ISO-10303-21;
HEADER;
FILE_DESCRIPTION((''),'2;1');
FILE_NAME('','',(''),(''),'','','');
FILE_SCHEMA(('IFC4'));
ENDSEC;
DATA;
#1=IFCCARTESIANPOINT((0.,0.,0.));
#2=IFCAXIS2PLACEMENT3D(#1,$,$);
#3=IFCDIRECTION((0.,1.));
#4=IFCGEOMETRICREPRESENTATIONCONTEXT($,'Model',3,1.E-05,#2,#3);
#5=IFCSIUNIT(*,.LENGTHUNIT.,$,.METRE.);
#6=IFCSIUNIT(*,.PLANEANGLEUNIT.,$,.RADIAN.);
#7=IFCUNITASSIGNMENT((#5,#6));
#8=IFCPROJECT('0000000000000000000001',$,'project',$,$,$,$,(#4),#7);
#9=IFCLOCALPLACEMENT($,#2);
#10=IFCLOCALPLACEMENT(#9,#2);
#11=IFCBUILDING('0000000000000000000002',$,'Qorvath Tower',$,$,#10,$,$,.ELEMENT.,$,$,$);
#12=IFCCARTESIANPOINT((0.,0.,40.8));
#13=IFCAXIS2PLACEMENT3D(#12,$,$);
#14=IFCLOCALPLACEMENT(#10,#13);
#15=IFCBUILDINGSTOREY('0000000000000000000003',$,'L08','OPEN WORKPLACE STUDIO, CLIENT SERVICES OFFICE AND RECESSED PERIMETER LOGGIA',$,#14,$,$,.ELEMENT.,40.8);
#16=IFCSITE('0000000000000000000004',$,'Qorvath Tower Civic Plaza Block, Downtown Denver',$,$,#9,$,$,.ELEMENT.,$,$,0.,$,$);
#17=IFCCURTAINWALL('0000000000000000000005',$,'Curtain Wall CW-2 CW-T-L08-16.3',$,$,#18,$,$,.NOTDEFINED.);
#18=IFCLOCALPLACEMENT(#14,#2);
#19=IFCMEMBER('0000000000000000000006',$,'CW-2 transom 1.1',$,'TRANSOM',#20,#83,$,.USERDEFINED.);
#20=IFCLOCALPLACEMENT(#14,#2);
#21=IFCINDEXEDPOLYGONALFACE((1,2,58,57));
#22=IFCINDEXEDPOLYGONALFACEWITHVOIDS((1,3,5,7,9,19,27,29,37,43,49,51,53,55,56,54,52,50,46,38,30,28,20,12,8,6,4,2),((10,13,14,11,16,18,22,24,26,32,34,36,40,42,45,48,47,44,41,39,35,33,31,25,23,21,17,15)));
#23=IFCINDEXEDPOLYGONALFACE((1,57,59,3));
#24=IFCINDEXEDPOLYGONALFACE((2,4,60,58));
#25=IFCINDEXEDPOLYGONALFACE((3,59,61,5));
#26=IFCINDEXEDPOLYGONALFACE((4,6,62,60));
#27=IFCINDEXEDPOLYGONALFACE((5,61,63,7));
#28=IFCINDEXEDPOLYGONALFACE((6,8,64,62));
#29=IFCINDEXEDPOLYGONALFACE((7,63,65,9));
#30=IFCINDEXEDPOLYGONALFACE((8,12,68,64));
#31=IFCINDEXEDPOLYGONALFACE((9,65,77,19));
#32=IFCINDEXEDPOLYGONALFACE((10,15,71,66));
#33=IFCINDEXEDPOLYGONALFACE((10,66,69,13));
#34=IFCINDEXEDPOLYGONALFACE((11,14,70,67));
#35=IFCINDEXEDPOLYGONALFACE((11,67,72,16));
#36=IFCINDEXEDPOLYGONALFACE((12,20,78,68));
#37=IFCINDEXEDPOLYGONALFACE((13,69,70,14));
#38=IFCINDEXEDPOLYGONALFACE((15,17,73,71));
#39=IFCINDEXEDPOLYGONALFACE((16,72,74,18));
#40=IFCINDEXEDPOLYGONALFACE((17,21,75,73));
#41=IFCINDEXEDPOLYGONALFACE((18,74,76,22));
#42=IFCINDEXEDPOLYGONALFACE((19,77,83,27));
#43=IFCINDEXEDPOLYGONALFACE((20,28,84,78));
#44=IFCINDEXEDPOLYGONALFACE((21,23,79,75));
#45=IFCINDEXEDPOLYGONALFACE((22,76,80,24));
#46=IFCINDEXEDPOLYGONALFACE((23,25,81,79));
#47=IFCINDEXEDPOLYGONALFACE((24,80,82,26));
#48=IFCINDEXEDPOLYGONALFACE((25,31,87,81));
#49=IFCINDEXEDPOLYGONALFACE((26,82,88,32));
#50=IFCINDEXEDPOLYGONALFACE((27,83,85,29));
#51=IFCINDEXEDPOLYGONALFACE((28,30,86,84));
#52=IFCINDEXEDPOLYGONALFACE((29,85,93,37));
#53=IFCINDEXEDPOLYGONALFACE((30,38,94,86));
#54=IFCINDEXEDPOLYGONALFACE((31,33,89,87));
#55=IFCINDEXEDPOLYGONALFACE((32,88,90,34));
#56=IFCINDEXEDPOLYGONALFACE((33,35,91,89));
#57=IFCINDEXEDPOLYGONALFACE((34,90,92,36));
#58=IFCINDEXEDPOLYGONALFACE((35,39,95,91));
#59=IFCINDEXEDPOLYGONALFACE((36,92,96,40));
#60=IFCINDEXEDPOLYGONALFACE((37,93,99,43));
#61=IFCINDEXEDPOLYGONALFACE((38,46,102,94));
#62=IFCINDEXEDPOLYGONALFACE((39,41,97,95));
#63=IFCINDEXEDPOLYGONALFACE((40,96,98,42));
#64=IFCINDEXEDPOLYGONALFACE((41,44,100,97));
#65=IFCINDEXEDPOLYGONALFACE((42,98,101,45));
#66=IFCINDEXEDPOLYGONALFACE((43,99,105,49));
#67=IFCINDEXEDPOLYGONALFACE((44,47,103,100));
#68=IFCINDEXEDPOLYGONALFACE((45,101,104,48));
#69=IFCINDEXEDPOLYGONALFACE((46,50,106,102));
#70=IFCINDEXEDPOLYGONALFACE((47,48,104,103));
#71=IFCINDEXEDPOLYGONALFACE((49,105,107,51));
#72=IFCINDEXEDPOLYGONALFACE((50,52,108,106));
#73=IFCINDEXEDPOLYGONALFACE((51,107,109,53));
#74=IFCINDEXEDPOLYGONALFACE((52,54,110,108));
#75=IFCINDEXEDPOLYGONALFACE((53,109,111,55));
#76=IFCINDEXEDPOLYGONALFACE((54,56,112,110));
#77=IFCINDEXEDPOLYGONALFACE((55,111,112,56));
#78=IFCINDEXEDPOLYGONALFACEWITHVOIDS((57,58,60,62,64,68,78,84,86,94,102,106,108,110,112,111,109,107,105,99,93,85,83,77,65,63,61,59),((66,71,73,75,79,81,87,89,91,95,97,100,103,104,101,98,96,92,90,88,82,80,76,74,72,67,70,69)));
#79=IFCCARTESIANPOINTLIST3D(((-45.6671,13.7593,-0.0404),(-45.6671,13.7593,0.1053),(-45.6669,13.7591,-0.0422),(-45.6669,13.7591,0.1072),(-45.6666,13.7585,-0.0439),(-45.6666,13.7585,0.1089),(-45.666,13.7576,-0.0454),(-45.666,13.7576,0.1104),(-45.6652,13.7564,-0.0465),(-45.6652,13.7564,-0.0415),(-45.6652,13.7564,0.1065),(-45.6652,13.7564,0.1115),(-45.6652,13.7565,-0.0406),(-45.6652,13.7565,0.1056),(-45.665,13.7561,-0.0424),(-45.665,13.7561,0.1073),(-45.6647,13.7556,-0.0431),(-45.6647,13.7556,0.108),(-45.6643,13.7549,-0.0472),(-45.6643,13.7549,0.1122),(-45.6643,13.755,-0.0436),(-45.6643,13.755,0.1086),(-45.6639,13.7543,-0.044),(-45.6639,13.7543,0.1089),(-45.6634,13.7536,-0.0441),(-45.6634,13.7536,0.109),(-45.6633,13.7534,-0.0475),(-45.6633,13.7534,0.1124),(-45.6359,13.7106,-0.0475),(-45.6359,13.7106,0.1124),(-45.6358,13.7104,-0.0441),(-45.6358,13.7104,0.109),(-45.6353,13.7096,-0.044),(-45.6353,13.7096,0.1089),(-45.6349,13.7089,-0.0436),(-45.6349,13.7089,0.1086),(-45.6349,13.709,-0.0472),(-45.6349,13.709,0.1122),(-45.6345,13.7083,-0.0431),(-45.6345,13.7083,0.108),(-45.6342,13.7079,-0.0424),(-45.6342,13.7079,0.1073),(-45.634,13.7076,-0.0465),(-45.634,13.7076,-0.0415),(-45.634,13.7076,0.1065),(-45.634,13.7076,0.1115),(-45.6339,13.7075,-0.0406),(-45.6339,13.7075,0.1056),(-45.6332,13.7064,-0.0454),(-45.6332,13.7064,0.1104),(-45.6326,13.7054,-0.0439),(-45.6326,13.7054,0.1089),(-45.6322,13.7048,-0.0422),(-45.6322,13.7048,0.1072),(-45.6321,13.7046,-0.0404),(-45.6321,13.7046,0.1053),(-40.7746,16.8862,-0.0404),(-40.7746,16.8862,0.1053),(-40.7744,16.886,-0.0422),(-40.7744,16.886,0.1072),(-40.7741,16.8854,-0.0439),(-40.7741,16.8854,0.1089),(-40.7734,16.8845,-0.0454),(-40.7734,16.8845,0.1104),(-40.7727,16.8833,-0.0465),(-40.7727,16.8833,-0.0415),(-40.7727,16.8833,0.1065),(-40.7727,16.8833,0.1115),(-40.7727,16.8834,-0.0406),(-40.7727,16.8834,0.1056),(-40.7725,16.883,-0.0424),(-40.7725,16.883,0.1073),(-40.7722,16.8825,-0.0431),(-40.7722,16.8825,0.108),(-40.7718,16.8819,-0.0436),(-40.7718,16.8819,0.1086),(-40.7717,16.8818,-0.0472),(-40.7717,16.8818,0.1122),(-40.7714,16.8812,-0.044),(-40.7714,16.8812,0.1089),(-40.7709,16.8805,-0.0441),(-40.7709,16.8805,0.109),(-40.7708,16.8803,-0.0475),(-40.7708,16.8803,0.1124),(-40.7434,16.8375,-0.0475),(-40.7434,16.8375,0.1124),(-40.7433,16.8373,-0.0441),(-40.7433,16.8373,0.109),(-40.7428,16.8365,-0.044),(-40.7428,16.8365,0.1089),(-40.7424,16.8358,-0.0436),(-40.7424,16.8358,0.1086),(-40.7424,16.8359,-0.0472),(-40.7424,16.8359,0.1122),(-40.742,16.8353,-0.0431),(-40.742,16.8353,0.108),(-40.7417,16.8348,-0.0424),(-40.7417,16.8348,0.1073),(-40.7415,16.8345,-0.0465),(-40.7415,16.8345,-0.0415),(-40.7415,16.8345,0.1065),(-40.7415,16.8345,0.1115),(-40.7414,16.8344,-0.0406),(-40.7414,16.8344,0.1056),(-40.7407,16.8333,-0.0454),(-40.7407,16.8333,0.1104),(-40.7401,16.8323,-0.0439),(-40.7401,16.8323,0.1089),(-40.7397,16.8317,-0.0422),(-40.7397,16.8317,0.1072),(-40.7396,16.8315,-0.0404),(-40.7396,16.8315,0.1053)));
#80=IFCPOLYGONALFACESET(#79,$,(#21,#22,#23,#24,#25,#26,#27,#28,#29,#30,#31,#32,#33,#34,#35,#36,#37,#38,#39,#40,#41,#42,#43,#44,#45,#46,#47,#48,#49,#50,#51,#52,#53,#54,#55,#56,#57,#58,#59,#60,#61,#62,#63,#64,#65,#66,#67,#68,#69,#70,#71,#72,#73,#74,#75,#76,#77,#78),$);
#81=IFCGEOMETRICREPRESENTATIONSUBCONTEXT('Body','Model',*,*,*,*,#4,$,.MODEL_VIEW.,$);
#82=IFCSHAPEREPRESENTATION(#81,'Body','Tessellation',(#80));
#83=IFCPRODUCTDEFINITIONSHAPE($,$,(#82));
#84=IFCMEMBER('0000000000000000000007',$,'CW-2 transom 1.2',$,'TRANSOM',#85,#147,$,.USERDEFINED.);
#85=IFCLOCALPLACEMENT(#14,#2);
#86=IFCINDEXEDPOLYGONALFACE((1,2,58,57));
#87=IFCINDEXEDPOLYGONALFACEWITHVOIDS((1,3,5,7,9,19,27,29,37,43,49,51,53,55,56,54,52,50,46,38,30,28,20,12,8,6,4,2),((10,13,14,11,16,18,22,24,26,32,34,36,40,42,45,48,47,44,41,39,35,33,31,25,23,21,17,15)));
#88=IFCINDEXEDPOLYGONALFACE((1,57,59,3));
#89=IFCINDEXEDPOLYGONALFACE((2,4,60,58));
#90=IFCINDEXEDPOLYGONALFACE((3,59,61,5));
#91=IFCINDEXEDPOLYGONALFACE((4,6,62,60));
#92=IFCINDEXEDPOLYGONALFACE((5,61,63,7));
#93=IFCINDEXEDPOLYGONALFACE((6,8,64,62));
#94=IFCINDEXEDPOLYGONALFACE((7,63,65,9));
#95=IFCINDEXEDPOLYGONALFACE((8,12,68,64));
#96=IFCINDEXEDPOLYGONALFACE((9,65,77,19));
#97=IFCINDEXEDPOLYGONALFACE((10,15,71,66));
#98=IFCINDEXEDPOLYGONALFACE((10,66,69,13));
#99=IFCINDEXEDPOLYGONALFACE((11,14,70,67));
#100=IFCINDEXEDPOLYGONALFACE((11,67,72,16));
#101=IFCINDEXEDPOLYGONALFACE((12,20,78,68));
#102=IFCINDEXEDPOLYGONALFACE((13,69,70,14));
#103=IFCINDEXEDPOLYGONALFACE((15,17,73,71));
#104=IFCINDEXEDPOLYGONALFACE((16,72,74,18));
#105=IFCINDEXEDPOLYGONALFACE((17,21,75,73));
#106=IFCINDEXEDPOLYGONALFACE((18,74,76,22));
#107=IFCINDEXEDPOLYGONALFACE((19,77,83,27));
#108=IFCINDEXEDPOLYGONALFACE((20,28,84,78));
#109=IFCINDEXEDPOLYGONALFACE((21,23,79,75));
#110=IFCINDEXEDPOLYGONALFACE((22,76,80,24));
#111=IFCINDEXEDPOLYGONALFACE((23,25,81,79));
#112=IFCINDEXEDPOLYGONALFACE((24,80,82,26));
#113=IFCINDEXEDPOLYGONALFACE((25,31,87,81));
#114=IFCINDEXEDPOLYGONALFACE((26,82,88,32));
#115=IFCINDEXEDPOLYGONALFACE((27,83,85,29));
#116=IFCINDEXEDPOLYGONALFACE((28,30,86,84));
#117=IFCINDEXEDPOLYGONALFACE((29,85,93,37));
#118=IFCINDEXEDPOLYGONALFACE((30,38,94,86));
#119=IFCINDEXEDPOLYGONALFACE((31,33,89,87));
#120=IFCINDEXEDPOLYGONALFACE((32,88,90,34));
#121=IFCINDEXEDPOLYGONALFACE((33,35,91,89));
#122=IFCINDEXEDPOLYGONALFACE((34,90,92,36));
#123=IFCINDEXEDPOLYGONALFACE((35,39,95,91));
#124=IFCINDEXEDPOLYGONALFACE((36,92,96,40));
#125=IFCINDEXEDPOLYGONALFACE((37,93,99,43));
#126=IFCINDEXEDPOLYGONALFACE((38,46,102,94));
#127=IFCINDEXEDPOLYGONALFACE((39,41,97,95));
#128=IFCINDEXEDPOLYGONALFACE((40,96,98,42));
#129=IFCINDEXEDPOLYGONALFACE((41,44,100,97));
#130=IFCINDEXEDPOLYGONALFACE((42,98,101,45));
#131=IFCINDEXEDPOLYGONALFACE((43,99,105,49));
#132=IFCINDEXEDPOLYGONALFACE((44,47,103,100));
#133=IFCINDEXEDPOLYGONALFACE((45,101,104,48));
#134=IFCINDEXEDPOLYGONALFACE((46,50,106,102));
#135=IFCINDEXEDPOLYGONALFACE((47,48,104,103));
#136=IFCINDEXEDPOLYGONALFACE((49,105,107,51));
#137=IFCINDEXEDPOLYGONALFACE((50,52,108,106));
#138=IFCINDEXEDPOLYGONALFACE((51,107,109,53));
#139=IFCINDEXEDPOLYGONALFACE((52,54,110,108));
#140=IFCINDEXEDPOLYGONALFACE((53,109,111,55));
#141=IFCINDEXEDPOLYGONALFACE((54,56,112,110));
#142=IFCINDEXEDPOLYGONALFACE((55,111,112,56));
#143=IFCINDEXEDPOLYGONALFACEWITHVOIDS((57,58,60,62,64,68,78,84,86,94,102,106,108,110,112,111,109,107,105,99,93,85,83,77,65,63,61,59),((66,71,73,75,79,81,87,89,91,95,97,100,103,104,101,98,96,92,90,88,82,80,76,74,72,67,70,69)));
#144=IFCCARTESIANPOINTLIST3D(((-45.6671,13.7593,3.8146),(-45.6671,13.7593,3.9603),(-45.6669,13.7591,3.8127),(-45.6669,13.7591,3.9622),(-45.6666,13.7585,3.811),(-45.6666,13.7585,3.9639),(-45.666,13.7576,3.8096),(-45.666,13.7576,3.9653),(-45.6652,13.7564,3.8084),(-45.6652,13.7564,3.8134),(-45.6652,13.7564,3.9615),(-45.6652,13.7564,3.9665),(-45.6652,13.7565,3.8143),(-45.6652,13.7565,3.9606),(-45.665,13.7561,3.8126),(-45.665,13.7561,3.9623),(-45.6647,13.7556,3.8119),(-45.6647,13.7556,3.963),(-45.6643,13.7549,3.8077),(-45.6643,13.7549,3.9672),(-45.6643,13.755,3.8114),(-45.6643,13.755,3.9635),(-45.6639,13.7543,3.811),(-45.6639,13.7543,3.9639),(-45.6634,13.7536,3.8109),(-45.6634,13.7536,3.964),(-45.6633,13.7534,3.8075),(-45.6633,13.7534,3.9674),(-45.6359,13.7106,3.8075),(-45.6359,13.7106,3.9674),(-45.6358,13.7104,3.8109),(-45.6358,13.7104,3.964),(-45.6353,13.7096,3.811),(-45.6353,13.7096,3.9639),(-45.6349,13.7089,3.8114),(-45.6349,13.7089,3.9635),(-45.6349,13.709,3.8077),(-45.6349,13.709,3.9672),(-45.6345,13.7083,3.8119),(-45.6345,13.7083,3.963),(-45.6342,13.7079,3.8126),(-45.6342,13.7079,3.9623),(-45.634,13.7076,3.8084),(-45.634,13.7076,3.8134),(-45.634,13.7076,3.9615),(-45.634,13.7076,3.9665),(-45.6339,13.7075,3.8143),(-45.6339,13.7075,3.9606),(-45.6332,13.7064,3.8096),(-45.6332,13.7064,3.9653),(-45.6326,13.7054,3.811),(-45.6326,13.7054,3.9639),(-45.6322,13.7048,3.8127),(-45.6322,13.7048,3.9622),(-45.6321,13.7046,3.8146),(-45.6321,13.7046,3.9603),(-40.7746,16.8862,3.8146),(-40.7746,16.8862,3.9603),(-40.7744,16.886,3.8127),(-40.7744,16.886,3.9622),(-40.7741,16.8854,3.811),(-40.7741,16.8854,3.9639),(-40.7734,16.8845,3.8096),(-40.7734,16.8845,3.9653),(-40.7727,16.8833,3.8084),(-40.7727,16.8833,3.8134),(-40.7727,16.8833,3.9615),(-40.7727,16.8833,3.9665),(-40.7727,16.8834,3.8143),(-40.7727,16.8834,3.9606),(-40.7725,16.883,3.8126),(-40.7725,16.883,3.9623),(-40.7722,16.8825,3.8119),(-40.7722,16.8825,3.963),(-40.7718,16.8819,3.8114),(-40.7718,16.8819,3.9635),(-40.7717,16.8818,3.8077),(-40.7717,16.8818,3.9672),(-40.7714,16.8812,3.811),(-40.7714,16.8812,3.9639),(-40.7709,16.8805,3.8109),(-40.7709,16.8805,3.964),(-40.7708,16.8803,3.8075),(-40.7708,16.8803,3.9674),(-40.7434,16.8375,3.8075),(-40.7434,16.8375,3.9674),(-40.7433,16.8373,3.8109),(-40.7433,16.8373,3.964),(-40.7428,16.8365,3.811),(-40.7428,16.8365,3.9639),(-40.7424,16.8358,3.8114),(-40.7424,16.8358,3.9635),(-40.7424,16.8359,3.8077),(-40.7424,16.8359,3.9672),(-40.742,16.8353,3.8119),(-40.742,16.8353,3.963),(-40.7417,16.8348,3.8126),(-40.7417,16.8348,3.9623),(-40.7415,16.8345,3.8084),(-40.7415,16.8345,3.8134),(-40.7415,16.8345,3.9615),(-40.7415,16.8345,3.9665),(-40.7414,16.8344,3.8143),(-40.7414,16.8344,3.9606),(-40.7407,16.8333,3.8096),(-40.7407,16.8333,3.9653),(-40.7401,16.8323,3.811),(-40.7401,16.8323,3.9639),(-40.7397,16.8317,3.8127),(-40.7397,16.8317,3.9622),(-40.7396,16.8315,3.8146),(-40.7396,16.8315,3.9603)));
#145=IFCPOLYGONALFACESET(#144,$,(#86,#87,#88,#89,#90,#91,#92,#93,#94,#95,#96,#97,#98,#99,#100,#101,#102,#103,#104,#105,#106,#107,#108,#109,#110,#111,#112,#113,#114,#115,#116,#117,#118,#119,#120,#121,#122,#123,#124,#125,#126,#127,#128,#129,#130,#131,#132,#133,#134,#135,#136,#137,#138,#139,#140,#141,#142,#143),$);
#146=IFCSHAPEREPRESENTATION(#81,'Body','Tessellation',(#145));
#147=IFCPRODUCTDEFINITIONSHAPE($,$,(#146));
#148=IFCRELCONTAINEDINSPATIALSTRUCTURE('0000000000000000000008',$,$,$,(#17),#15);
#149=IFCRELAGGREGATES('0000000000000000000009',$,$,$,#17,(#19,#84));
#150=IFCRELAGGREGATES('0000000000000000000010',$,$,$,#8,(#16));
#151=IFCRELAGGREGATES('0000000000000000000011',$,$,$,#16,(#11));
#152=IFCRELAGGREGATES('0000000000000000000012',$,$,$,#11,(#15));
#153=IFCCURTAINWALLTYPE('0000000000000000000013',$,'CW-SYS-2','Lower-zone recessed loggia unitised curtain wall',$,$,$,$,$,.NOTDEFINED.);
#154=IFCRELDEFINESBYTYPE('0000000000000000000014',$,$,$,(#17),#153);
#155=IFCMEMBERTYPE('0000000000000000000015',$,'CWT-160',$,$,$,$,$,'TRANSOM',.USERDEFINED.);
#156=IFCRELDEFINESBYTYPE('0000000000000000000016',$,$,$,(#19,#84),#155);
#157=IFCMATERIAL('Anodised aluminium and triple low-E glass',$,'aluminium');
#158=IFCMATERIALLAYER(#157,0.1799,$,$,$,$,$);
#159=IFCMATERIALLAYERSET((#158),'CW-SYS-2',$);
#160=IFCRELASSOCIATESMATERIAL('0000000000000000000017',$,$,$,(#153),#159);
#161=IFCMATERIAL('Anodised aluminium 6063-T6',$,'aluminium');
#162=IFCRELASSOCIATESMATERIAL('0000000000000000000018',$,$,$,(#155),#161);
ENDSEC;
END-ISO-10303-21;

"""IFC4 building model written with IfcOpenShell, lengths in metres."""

from ifc_helpers import new_model, si_unit, direction, frame, origin, origin_2d, place, context, subcontext, project, spatial, hollow_rectangle, extrude, material, layer, layer_set, material_profile, profile_set, type_object, element, aggregate, save


model = new_model("IFC4")

# Units and contexts
model_context = context("Model", 3, precision=1e-05, world=origin(), true_north=direction((0.0, 1.0)))
body_context = subcontext(model_context, "Body", "Model", "MODEL_VIEW")
ifc_project = project(units=[si_unit("LENGTHUNIT", "METRE"), si_unit("PLANEANGLEUNIT", "RADIAN")], contexts=[model_context])

# Site, building, storey
site_placement = place(None, origin())
site = spatial("IfcSite", under=ifc_project, at=site_placement, Name="Qorvath Tower Civic Plaza Block, Downtown Denver", CompositionType="ELEMENT", RefElevation=0.0)
building_placement = place(site_placement, origin())
building = spatial("IfcBuilding", under=site, at=building_placement, Name="Qorvath Tower", CompositionType="ELEMENT")
storey_placement = place(building_placement, frame((0.0, 0.0, 40.8)))
storey = spatial("IfcBuildingStorey", under=building, at=storey_placement, Name="L08", Description="OPEN WORKPLACE STUDIO, CLIENT SERVICES OFFICE AND RECESSED PERIMETER LOGGIA", CompositionType="ELEMENT", Elevation=40.8)

# Curtain wall, members
ifc_material_1 = material(Name="Anodised aluminium and triple low-E glass", Category="aluminium")
ifc_layer_1 = layer(ifc_material_1, 0.1799)
ifc_layer_set_1 = layer_set([ifc_layer_1], Name="CW-SYS-2")
curtain_wall_type = type_object("IfcCurtainWallType", Name="CW-SYS-2", Description="Lower-zone recessed loggia unitised curtain wall", PredefinedType="NOTDEFINED", material=ifc_layer_set_1)
curtain_wall_placement = place(storey_placement, origin())
curtain_wall = element("IfcCurtainWall", 1, at=curtain_wall_placement, inside=storey, type_object=curtain_wall_type, Name="Curtain Wall CW-2 CW-T-L08-16.3", PredefinedType="NOTDEFINED")
ifc_material_2 = material(Name="Anodised aluminium 6063-T6", Category="aluminium")
ifc_material_profile_1 = material_profile(ifc_material_2, hollow_rectangle(XDim=0.0649, YDim=0.1599, WallThickness=0.0034, InnerFilletRadius=0.0034, OuterFilletRadius=0.0071, at=origin_2d()), Name="CWT 160x65")
ifc_profile_set_1 = profile_set([ifc_material_profile_1], Name="Anodised aluminium 6063-T6")
member_type_1 = type_object("IfcMemberType", Name="CWT-160", ElementType="TRANSOM", PredefinedType="USERDEFINED", material=ifc_profile_set_1)
member_1_placement = place(storey_placement, frame((-40.7571, 16.8589, 0.0325), z_axis=(-0.842607, -0.538529, 0.0), x_axis=(0.538529, -0.842607, 0.0)))
member_1 = element("IfcMember", 2, at=member_1_placement, type_object=member_type_1, Name="CW-2 transom 1.1", ObjectType="TRANSOM", PredefinedType="USERDEFINED", context=body_context, shape_type="SweptSolid", body=[
    extrude(hollow_rectangle(XDim=0.0649, YDim=0.1599, WallThickness=0.0034, InnerFilletRadius=0.0034, OuterFilletRadius=0.0071, at=origin_2d()), origin(), (0.0, 0.0, 1.0), 5.8064),
])
member_2_placement = place(storey_placement, frame((-40.7571, 16.8589, 3.8875), z_axis=(-0.842607, -0.538529, 0.0), x_axis=(0.538529, -0.842607, 0.0)))
member_2 = element("IfcMember", 3, at=member_2_placement, type_object=member_type_1, Name="CW-2 transom 1.2", ObjectType="TRANSOM", PredefinedType="USERDEFINED", context=body_context, shape_type="SweptSolid", body=[
    extrude(hollow_rectangle(XDim=0.0649, YDim=0.1599, WallThickness=0.0034, InnerFilletRadius=0.0034, OuterFilletRadius=0.0071, at=origin_2d()), origin(), (0.0, 0.0, 1.0), 5.8064),
])
aggregate(curtain_wall, [member_1, member_2])

save(model, "model.ifc")
